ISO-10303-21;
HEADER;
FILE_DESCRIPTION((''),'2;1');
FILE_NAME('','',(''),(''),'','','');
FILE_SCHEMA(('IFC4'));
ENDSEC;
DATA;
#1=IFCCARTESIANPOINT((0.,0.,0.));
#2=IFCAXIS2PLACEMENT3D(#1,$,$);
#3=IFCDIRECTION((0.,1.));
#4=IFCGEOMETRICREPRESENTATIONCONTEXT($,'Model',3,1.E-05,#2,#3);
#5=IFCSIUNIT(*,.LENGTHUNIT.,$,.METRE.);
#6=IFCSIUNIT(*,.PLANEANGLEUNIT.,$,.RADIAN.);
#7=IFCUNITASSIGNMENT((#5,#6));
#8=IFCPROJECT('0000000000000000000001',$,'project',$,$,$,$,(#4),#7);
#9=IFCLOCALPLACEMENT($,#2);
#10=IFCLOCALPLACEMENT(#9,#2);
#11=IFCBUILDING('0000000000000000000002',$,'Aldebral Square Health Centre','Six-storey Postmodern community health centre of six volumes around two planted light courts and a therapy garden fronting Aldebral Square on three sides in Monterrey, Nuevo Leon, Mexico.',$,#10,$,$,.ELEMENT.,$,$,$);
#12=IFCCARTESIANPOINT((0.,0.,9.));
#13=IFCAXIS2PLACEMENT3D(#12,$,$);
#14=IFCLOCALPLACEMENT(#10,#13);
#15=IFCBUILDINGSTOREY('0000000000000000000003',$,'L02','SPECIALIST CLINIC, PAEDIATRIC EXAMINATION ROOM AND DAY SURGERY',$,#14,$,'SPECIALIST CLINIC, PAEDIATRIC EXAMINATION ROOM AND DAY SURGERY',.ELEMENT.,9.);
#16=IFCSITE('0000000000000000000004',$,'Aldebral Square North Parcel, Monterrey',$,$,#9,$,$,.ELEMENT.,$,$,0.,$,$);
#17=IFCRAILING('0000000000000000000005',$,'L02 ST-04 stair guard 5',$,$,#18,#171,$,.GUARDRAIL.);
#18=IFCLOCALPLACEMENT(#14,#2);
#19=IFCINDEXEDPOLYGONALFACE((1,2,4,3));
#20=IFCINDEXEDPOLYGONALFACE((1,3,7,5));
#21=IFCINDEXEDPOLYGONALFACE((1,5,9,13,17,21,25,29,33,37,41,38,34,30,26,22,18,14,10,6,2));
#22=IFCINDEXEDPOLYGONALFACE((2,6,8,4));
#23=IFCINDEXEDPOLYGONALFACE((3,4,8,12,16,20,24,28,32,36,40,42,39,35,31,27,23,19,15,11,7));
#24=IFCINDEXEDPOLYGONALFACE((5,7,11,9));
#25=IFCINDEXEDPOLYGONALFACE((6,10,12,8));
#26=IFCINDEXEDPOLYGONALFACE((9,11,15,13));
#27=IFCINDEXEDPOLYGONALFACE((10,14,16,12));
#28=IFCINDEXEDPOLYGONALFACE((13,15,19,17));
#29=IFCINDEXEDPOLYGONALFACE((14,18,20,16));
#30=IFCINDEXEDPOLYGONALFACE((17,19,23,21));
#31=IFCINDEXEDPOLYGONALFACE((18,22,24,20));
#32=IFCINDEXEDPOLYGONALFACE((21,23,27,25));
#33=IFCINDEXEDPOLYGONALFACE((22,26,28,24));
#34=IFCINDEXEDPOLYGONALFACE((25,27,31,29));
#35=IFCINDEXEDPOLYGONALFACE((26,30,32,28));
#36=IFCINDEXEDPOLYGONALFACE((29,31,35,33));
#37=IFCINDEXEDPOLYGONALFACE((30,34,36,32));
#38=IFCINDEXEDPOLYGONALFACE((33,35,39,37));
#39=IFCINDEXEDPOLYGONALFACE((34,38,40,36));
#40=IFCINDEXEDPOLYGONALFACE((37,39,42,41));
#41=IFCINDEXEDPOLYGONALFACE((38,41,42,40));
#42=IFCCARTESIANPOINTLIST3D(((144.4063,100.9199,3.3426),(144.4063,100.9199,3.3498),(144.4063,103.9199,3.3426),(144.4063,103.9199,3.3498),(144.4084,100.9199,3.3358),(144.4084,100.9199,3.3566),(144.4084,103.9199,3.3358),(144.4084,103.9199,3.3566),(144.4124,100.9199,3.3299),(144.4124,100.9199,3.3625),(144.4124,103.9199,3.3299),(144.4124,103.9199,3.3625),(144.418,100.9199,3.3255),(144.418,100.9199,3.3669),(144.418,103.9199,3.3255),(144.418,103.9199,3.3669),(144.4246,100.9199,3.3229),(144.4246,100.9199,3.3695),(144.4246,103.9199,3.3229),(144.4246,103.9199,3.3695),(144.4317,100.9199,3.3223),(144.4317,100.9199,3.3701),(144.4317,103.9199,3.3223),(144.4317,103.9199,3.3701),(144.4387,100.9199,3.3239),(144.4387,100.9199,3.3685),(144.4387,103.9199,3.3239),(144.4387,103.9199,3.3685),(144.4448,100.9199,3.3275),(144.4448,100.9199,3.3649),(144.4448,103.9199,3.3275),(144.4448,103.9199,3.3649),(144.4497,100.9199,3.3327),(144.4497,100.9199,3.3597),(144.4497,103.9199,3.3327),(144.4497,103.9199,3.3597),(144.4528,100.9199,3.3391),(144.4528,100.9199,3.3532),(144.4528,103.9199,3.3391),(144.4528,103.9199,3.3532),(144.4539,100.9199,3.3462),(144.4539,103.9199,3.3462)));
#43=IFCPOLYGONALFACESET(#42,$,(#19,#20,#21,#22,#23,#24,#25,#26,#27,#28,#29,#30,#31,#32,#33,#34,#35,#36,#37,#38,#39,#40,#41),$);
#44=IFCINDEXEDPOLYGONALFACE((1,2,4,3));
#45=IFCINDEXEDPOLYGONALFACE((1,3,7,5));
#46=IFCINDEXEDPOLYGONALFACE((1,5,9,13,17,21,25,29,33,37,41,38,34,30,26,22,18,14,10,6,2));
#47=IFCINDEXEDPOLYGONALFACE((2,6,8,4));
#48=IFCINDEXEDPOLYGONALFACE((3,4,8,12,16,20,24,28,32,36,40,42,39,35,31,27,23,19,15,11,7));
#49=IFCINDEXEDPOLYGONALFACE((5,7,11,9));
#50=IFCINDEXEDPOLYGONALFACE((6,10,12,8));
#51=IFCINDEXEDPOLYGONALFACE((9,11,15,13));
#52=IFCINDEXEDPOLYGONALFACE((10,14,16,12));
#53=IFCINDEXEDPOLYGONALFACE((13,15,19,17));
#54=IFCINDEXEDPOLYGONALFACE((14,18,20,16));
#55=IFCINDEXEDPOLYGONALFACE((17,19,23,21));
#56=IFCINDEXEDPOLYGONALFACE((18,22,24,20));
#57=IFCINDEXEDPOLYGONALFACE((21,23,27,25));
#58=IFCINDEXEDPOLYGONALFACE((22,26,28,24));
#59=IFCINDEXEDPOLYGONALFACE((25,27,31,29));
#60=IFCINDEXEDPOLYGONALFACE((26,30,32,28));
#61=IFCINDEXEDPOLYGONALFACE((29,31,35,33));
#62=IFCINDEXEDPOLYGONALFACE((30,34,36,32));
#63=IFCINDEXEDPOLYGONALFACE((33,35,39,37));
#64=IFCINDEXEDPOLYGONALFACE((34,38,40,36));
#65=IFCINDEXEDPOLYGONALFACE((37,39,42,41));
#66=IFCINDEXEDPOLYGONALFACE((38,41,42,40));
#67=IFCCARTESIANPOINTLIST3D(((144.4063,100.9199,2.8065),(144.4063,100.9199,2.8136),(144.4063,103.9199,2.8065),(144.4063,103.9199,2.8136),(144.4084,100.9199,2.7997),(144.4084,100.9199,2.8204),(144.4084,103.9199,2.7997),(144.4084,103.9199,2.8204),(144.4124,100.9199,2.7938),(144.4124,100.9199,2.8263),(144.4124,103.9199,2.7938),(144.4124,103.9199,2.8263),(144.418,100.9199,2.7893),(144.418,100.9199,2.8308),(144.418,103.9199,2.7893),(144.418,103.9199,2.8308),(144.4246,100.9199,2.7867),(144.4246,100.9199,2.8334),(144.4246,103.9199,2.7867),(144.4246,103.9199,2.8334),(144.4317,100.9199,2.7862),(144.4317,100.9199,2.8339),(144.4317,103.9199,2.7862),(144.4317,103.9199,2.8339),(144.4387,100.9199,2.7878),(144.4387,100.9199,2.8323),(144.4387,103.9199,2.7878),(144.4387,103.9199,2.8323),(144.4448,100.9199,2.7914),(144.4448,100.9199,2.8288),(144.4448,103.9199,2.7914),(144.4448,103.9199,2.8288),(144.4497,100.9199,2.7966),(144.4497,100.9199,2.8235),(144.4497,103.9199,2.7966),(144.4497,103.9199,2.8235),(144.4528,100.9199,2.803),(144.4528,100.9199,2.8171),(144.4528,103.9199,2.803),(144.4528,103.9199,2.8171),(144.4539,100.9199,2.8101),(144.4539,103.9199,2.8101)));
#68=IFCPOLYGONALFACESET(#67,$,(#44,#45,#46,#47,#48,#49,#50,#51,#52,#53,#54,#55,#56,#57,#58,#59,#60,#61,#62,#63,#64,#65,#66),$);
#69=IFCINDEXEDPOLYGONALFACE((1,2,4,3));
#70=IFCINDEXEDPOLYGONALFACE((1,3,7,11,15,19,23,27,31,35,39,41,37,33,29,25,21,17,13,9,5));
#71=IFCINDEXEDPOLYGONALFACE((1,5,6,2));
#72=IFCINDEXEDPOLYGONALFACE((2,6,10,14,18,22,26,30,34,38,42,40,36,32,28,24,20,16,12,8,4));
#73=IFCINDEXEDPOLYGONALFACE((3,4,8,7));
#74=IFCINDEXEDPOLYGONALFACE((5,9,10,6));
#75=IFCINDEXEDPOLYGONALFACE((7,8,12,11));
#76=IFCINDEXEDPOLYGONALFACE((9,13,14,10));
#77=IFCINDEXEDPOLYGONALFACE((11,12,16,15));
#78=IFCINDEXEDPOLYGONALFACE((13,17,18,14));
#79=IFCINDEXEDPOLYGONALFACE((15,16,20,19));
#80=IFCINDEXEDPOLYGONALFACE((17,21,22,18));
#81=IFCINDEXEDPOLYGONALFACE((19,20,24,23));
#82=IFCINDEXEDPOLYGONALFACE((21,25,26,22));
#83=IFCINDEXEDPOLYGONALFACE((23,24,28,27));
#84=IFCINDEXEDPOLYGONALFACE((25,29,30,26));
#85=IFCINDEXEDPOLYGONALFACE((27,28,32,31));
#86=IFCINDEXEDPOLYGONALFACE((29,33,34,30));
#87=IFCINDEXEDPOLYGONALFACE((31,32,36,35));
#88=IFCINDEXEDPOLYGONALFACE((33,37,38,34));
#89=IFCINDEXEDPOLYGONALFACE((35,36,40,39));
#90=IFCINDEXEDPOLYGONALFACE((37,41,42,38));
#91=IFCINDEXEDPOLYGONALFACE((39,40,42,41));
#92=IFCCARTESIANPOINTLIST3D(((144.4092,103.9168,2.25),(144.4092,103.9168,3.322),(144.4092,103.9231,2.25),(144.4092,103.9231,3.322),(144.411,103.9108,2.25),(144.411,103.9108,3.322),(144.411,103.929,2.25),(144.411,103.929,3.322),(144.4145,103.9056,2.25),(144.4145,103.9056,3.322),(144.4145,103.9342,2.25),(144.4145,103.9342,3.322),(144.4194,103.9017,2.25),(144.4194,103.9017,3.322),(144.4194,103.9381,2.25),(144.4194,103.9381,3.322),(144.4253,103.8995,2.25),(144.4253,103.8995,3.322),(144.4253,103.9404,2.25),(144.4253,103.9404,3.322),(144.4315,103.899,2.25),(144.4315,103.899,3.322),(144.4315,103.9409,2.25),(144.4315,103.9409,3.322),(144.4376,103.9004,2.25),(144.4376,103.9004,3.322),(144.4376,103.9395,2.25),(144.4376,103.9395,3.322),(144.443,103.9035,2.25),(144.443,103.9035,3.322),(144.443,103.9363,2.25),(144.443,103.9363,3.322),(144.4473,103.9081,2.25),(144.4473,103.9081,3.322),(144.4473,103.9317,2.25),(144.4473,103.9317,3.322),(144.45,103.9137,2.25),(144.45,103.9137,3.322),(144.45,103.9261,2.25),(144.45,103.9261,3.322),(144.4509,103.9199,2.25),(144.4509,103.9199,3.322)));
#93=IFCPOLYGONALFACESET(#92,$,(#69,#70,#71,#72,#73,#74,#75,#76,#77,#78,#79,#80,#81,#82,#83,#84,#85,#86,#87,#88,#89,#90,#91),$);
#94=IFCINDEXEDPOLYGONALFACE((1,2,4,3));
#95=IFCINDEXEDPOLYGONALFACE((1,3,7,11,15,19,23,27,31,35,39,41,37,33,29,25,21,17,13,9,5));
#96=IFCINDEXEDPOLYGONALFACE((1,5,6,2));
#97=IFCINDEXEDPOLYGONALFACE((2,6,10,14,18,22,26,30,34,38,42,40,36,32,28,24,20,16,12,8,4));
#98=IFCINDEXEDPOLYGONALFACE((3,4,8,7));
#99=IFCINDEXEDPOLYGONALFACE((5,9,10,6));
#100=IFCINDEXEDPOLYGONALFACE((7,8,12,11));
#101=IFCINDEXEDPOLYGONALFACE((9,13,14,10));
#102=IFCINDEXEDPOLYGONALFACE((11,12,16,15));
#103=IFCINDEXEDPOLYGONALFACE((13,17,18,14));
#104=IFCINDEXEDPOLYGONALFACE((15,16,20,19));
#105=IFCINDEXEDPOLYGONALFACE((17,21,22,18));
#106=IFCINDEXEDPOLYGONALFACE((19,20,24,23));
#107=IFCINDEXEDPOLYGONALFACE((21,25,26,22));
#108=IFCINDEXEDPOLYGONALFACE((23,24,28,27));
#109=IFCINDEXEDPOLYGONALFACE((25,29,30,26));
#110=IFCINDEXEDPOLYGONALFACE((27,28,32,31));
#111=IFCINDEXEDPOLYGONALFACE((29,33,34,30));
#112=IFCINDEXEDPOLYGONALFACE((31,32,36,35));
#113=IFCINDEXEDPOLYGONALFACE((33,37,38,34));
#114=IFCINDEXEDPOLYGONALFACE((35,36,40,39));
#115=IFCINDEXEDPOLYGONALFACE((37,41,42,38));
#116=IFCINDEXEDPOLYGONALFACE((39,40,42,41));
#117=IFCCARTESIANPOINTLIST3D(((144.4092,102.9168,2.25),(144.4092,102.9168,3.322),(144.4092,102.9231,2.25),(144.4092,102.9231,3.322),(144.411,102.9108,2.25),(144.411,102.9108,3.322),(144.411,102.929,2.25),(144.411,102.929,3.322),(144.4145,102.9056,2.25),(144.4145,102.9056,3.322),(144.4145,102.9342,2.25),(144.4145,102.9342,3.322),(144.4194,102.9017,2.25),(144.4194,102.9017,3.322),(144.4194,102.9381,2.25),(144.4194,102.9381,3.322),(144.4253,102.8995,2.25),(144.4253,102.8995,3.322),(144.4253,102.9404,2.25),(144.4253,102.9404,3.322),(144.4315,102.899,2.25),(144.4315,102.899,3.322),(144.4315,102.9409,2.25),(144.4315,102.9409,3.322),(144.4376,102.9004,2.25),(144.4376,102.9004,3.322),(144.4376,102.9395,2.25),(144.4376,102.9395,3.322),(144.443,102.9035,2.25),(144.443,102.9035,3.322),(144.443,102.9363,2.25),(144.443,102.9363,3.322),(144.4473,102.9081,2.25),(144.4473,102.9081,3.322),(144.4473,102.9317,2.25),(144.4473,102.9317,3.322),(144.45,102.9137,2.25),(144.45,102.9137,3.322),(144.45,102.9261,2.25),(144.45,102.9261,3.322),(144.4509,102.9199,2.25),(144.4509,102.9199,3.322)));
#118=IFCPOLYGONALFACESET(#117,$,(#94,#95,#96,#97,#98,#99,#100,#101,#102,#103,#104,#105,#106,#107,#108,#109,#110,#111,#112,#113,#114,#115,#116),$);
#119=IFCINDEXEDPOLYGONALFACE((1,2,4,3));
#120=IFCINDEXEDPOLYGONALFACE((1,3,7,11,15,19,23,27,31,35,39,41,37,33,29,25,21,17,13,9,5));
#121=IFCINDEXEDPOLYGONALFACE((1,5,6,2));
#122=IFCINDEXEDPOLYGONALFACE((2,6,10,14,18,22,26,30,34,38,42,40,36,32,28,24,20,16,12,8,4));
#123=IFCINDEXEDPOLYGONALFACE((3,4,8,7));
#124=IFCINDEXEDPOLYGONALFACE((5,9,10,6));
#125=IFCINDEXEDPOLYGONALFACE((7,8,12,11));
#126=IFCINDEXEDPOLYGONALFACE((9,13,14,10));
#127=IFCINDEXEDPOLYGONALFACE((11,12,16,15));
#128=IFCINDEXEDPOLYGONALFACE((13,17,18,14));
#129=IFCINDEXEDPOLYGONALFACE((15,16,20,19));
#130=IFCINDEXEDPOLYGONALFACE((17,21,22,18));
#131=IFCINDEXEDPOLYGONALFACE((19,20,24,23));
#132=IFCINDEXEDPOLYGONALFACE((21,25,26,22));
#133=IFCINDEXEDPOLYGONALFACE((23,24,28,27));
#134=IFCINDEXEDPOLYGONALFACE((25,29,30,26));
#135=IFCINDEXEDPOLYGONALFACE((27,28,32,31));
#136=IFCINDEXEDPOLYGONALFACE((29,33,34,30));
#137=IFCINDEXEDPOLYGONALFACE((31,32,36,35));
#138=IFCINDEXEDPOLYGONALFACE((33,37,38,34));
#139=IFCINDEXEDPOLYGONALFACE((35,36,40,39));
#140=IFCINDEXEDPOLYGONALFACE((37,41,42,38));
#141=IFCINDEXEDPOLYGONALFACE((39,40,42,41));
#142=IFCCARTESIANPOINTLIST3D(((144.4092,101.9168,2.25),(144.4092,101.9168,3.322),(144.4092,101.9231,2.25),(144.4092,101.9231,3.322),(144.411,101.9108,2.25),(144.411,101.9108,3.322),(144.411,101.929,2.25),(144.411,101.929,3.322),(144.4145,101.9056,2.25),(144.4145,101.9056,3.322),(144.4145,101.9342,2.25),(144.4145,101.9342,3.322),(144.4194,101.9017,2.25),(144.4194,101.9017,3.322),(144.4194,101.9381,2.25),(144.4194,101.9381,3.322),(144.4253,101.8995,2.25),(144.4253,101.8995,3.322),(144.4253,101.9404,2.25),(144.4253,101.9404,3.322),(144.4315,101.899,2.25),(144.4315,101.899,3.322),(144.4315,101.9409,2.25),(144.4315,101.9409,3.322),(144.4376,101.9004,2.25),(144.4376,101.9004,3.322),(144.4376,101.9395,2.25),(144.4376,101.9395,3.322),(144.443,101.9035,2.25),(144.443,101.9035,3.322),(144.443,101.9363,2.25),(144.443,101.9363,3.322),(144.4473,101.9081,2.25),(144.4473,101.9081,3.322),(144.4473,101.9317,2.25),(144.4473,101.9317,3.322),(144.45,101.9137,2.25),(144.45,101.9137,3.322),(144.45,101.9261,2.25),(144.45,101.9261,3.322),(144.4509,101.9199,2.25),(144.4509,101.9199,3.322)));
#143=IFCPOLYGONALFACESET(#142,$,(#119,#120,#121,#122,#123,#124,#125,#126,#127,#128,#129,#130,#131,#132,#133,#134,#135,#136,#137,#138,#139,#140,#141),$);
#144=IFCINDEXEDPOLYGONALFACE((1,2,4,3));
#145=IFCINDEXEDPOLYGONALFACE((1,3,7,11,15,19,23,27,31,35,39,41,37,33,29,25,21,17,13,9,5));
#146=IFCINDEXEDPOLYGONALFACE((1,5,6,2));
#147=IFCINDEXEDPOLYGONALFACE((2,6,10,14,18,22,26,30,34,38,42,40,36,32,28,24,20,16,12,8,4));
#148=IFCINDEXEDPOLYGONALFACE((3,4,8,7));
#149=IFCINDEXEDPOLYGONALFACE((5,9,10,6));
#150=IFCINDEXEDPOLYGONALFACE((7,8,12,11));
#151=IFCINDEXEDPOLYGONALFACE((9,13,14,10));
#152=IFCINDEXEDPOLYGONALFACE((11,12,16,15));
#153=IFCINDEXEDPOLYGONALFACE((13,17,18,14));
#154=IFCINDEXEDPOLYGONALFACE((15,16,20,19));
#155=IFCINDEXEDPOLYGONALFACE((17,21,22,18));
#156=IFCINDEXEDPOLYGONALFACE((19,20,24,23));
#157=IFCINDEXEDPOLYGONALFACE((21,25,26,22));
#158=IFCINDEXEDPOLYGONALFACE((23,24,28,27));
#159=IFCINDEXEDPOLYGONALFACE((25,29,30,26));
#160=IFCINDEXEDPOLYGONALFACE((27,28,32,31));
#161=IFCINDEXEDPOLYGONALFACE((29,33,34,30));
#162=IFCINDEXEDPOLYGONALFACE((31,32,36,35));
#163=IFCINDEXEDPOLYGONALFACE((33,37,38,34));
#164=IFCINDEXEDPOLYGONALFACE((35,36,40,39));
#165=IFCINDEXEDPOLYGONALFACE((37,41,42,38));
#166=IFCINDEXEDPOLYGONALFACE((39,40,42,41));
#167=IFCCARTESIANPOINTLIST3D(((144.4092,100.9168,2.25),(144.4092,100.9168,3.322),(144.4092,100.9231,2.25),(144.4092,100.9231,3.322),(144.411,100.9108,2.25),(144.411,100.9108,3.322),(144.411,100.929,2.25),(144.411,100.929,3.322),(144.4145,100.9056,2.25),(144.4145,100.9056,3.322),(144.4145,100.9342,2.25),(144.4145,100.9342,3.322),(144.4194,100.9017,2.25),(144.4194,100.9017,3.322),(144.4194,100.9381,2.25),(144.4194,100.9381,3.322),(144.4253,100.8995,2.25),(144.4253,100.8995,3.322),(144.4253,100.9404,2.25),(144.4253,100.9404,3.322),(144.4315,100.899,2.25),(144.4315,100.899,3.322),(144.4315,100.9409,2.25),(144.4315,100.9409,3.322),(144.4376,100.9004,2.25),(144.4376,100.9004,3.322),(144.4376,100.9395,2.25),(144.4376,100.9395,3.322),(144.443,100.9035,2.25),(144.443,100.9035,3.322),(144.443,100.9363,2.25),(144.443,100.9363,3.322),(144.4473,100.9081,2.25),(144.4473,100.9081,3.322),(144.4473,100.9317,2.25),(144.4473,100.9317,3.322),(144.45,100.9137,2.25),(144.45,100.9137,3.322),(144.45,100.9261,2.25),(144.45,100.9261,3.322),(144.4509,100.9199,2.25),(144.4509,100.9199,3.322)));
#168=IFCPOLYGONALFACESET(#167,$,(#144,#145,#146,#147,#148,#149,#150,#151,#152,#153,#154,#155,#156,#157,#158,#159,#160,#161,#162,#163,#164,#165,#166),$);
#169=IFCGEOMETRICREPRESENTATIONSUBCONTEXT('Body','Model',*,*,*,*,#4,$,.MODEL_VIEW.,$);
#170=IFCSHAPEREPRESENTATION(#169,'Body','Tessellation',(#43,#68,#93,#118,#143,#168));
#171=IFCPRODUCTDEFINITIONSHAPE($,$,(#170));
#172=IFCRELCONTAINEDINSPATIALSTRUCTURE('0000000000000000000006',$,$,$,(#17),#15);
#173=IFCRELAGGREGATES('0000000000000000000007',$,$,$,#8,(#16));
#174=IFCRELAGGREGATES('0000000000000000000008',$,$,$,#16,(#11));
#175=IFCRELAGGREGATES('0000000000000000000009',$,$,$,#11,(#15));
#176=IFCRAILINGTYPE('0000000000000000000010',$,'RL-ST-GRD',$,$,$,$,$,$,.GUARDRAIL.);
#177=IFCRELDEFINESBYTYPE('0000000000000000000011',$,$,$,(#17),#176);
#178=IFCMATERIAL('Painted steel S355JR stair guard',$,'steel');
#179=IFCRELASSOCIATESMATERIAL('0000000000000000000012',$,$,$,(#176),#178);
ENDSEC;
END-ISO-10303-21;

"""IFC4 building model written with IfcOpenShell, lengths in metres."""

from ifc_helpers import new_model, si_unit, direction, frame, origin, origin_2d, place, context, subcontext, project, spatial, circle, extrude, material, type_object, element, save


model = new_model("IFC4")

# Units and contexts
model_context = context("Model", 3, precision=1e-05, world=origin(), true_north=direction((0.0, 1.0)))
body_context = subcontext(model_context, "Body", "Model", "MODEL_VIEW")
ifc_project = project(units=[si_unit("LENGTHUNIT", "METRE"), si_unit("PLANEANGLEUNIT", "RADIAN")], contexts=[model_context])

# Site, building, storey
site_placement = place(None, origin())
site = spatial("IfcSite", under=ifc_project, at=site_placement, Name="Aldebral Square North Parcel, Monterrey", CompositionType="ELEMENT", RefElevation=0.0)
building_placement = place(site_placement, origin())
building = spatial("IfcBuilding", under=site, at=building_placement, Name="Aldebral Square Health Centre", Description="Six-storey Postmodern community health centre of six volumes around two planted light courts and a therapy garden fronting Aldebral Square on three sides in Monterrey, Nuevo Leon, Mexico.", CompositionType="ELEMENT")
storey_placement = place(building_placement, frame((0.0, 0.0, 9.0)))
storey = spatial("IfcBuildingStorey", under=building, at=storey_placement, Name="L02", Description="SPECIALIST CLINIC, PAEDIATRIC EXAMINATION ROOM AND DAY SURGERY", LongName="SPECIALIST CLINIC, PAEDIATRIC EXAMINATION ROOM AND DAY SURGERY", CompositionType="ELEMENT", Elevation=9.0)

# Railing
ifc_material_1 = material(Name="Painted steel S355JR stair guard", Category="steel")
railing_type = type_object("IfcRailingType", Name="RL-ST-GRD", PredefinedType="GUARDRAIL", material=ifc_material_1)
railing_1_placement = place(storey_placement, frame((144.4299, 103.9199, 2.25)))
element("IfcRailing", 1, at=railing_1_placement, inside=storey, type_object=railing_type, Name="L02 ST-04 stair guard 5", PredefinedType="GUARDRAIL", context=body_context, shape_type="SweptSolid", body=[
    extrude(circle(Radius=0.0239, at=origin_2d()), frame((0.0, 0.0, 1.0962), z_axis=(0.0, -1.0, 0.0), x_axis=(1.0, 0.0, 0.0)), (0.0, 0.0, 1.0), 3.0),
    extrude(circle(Radius=0.0239, at=origin_2d()), frame((0.0, 0.0, 0.5601), z_axis=(0.0, -1.0, 0.0), x_axis=(1.0, 0.0, 0.0)), (0.0, 0.0, 1.0), 3.0),
    extrude(circle(Radius=0.021, at=origin_2d()), origin(), (0.0, 0.0, 1.0), 1.072),
    extrude(circle(Radius=0.021, at=origin_2d()), frame((0.0, -1.0, 0.0)), (0.0, 0.0, 1.0), 1.072),
    extrude(circle(Radius=0.021, at=origin_2d()), frame((0.0, -2.0, 0.0)), (0.0, 0.0, 1.0), 1.072),
    extrude(circle(Radius=0.021, at=origin_2d()), frame((0.0, -3.0, 0.0)), (0.0, 0.0, 1.0), 1.072),
])

save(model, "model.ifc")
